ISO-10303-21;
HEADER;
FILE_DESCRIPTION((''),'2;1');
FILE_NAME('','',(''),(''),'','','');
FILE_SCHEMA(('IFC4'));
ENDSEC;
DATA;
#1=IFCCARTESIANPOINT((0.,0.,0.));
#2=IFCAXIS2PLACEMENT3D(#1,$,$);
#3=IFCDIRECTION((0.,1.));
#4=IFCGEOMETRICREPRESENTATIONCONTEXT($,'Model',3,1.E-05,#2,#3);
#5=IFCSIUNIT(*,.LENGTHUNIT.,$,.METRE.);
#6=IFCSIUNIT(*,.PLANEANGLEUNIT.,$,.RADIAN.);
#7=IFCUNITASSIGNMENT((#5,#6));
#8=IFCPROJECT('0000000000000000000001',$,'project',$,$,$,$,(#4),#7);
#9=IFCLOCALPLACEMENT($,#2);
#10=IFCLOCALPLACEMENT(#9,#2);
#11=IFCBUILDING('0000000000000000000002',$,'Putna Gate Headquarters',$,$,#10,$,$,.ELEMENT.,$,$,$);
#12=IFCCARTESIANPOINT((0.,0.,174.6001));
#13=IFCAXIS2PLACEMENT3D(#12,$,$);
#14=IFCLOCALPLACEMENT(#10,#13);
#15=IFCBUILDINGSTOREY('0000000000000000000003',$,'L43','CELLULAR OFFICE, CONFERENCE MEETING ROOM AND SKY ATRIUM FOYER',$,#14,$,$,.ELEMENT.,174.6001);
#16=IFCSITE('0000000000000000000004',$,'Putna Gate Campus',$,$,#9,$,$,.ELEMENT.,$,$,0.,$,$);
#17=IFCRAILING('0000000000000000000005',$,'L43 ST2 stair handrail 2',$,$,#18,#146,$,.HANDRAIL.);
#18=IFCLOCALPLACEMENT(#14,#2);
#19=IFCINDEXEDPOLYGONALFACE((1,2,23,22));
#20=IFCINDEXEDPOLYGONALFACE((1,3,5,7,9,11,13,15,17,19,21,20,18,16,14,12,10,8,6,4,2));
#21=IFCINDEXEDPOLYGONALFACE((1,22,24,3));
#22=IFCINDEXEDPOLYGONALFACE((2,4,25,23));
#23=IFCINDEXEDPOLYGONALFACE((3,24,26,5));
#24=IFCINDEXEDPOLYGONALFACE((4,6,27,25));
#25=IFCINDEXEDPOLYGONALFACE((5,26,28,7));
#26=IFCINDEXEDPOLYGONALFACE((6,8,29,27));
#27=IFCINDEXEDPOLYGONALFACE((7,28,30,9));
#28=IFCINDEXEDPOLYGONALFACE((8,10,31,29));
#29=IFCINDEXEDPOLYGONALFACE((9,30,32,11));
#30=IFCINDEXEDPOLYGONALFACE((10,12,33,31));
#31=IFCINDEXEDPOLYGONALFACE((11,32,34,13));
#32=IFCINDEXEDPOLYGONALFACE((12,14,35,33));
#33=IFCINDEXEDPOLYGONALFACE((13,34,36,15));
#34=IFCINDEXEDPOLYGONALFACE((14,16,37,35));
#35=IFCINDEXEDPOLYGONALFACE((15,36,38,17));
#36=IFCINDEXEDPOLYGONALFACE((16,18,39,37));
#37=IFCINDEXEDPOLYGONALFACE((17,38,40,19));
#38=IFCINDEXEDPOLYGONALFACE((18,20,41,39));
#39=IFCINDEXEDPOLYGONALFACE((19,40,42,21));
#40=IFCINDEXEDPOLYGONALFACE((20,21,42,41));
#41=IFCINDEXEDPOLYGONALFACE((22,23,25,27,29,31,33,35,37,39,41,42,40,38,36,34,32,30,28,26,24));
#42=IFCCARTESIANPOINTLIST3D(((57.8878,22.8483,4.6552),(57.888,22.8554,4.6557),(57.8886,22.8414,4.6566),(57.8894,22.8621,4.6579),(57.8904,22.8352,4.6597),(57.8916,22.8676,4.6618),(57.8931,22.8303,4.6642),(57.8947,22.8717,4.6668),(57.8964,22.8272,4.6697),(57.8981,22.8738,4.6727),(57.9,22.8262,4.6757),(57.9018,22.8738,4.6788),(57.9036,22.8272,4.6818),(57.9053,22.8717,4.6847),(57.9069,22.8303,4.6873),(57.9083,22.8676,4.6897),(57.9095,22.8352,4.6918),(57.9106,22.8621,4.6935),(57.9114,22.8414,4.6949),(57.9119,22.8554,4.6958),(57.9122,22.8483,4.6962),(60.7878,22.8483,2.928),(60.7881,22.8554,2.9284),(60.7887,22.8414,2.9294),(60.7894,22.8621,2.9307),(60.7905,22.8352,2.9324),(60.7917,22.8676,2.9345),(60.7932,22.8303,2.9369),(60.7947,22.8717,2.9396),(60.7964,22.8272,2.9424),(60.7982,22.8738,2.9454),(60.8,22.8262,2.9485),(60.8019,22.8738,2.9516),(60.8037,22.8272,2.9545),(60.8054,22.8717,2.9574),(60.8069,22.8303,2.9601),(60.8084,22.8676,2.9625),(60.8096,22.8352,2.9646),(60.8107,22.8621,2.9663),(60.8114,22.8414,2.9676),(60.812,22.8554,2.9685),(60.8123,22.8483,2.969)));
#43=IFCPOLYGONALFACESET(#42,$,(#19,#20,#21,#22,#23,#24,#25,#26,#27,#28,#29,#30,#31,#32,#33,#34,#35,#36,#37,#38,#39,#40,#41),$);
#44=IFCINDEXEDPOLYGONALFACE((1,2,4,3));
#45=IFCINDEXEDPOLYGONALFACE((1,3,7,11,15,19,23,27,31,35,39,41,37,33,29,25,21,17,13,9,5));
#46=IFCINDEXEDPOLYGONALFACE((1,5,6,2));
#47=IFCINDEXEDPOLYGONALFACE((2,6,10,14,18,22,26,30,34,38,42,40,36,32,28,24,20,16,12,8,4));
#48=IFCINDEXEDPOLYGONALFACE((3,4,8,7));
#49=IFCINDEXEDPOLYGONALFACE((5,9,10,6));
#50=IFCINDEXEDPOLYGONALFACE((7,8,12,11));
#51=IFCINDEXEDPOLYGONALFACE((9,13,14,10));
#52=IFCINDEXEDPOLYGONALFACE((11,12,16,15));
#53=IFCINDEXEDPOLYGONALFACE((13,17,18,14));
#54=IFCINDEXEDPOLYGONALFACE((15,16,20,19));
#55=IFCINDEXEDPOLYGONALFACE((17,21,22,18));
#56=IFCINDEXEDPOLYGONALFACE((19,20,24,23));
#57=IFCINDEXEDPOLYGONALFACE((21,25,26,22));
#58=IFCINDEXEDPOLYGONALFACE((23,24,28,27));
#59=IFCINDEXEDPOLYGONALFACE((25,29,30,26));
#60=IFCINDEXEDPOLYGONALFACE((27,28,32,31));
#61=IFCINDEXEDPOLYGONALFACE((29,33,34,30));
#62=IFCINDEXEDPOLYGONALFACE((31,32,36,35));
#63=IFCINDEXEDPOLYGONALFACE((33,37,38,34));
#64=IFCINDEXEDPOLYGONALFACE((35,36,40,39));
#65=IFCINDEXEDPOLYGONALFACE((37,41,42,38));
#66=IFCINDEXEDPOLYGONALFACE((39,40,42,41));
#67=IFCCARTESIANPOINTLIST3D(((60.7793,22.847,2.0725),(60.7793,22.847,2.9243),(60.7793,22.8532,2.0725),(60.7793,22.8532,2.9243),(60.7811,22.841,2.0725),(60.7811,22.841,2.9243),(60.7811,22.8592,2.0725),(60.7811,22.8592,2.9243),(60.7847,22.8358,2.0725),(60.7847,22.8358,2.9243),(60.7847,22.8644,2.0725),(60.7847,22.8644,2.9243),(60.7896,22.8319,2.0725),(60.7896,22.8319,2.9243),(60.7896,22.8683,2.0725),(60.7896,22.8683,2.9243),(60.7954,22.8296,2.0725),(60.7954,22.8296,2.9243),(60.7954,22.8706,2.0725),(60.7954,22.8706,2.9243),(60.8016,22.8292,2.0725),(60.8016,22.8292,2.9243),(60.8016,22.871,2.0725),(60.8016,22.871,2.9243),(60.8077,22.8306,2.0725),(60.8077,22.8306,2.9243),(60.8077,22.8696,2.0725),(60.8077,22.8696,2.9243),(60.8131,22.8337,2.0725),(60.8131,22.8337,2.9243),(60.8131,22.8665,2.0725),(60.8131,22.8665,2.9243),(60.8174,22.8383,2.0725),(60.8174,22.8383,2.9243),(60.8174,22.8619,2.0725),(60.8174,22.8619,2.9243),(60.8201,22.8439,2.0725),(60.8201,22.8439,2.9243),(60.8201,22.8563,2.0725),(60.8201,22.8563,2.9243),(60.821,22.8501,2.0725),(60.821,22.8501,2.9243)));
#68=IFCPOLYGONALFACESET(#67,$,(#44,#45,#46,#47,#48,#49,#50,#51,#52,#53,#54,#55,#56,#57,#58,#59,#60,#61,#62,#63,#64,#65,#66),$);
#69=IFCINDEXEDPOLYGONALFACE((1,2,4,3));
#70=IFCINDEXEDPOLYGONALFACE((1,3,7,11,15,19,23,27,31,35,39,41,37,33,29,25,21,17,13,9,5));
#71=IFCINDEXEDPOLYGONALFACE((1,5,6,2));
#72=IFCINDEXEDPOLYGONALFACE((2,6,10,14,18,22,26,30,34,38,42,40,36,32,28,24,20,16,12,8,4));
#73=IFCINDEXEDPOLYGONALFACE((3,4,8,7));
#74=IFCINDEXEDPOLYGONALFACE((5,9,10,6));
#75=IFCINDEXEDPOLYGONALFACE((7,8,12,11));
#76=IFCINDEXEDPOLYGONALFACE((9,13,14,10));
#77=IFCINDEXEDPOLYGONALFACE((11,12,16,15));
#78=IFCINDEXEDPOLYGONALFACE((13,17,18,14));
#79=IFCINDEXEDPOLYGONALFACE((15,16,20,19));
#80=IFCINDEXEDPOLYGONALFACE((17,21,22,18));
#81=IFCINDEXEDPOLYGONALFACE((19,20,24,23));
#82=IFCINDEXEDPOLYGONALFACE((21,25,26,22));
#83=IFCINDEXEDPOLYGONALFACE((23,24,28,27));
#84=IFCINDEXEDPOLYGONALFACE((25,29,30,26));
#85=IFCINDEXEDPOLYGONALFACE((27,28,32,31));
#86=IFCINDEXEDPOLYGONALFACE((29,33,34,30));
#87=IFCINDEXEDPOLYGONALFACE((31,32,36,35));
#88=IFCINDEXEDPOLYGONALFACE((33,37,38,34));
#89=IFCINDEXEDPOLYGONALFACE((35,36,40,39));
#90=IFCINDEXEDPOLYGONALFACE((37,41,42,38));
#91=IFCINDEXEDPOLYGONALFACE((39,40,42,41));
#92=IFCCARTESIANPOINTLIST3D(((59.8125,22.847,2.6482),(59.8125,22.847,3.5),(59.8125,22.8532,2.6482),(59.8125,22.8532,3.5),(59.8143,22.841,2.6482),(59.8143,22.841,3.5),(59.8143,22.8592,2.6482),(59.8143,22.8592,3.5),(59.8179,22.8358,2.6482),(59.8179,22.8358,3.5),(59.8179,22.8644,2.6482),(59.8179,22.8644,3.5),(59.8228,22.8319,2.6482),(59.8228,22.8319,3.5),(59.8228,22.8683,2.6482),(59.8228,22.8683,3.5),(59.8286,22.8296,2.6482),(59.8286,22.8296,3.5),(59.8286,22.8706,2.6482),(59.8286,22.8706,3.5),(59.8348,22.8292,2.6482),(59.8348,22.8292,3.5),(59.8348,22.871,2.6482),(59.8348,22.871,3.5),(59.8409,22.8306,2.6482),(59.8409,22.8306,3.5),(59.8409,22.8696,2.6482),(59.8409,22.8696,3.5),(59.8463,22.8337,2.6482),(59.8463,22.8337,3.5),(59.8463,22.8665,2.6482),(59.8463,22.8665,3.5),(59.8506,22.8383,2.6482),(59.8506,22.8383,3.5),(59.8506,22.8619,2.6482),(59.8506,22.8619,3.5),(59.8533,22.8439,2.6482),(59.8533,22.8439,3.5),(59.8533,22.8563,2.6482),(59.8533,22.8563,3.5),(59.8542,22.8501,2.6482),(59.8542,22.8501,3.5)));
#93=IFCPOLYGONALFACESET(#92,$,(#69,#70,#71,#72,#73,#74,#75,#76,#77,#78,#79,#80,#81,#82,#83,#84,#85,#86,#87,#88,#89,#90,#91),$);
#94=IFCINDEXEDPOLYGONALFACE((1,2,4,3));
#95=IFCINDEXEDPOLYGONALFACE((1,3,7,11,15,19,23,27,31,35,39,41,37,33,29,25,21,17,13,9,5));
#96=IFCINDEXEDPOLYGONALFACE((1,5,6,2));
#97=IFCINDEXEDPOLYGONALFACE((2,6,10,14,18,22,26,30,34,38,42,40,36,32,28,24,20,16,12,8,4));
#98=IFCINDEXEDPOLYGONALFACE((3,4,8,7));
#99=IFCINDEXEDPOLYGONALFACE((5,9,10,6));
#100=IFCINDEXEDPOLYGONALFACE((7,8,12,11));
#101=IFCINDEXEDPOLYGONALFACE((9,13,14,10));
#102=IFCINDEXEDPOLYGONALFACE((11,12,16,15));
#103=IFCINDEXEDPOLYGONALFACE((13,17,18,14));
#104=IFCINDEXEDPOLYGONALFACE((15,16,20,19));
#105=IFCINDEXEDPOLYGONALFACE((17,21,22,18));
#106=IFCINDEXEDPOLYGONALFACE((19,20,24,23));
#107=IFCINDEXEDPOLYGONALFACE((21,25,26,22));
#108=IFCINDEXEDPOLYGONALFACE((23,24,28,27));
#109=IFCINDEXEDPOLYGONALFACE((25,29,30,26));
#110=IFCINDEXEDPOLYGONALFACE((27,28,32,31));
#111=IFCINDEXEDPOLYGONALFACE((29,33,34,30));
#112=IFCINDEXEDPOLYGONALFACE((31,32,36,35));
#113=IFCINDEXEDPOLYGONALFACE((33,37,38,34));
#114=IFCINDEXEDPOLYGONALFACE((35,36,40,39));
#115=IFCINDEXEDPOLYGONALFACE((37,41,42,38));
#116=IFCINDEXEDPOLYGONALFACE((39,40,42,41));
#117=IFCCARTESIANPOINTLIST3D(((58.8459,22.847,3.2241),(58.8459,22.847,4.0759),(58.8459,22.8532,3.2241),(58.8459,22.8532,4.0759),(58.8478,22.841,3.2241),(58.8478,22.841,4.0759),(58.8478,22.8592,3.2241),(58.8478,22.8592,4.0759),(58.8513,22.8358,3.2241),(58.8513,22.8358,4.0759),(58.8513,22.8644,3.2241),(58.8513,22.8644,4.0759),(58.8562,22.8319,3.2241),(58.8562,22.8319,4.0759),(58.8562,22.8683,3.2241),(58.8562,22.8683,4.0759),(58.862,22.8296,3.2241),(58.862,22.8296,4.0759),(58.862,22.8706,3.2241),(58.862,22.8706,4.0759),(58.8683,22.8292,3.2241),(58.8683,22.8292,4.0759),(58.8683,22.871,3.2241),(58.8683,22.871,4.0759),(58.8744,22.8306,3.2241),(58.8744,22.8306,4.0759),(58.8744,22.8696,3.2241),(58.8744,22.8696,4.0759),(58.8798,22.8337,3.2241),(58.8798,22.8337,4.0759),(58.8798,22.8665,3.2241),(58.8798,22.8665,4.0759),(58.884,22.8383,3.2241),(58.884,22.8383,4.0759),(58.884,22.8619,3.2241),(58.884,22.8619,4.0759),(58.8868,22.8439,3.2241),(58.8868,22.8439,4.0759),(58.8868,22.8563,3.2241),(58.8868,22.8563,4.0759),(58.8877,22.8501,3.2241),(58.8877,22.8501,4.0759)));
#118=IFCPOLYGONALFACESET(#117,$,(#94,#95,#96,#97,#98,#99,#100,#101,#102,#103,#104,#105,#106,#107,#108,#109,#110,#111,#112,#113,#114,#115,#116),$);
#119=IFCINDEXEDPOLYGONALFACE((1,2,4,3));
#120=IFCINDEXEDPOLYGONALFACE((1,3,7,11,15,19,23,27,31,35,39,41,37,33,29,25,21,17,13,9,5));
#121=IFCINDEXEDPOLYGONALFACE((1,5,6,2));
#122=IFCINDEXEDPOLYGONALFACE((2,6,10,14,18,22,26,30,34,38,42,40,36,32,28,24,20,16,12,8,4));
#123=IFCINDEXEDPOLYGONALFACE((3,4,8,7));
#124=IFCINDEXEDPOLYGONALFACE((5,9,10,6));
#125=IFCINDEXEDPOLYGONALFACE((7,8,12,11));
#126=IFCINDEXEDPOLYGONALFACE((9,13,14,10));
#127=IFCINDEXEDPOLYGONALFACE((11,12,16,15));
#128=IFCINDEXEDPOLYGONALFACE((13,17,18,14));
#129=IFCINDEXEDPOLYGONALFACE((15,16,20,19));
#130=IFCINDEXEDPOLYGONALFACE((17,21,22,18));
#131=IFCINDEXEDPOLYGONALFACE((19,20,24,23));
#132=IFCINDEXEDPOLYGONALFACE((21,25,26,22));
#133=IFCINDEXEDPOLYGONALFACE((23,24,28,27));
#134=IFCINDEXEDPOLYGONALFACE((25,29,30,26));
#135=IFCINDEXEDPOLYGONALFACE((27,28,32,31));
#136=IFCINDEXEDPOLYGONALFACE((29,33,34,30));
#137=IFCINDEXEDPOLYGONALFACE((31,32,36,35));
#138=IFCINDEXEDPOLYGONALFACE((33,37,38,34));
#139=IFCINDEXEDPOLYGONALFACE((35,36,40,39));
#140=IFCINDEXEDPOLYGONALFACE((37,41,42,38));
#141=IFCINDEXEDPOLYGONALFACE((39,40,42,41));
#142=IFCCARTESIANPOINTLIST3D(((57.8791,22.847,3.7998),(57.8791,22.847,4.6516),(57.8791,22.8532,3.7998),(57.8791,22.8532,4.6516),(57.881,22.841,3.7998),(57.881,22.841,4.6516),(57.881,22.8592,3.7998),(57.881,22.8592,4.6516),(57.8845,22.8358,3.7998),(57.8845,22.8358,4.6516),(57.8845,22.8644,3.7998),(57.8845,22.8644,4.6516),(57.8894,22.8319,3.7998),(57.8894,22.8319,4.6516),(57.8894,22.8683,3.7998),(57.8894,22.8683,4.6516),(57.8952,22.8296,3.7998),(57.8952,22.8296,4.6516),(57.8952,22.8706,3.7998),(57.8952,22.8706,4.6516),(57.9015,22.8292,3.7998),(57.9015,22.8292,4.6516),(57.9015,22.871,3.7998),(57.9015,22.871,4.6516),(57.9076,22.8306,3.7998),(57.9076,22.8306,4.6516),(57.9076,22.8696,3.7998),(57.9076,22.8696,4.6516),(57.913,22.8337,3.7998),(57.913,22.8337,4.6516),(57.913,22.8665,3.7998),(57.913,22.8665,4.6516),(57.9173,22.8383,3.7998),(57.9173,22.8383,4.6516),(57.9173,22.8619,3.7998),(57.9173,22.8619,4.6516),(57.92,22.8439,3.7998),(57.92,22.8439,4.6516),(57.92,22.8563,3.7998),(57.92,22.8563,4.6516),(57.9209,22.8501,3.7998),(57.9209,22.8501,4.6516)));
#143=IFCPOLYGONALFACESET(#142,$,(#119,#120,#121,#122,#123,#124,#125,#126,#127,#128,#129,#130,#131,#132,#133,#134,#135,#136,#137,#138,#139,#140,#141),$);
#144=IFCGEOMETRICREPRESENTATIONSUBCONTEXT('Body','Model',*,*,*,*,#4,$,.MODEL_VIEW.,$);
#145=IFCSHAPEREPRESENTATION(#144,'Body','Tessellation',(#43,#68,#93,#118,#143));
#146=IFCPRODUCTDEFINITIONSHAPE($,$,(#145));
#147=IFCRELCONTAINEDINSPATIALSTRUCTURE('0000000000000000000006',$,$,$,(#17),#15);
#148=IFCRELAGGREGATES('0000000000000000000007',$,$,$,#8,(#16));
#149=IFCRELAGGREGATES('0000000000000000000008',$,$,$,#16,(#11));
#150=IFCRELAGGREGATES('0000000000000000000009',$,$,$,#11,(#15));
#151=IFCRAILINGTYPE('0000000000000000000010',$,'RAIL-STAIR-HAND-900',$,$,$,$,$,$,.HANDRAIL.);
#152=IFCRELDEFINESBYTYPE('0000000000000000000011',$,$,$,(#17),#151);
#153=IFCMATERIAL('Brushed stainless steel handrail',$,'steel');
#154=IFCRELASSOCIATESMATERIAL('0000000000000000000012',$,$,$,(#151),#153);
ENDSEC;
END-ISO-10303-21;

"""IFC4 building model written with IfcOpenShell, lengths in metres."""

from ifc_helpers import new_model, si_unit, direction, frame, origin, origin_2d, place, context, subcontext, project, spatial, circle, extrude, material, type_object, element, save


model = new_model("IFC4")

# Units and contexts
model_context = context("Model", 3, precision=1e-05, world=origin(), true_north=direction((0.0, 1.0)))
body_context = subcontext(model_context, "Body", "Model", "MODEL_VIEW")
ifc_project = project(units=[si_unit("LENGTHUNIT", "METRE"), si_unit("PLANEANGLEUNIT", "RADIAN")], contexts=[model_context])

# Site, building, storey
site_placement = place(None, origin())
site = spatial("IfcSite", under=ifc_project, at=site_placement, Name="Putna Gate Campus", CompositionType="ELEMENT", RefElevation=0.0)
building_placement = place(site_placement, origin())
building = spatial("IfcBuilding", under=site, at=building_placement, Name="Putna Gate Headquarters", CompositionType="ELEMENT")
storey_placement = place(building_placement, frame((0.0, 0.0, 174.6001)))
storey = spatial("IfcBuildingStorey", under=building, at=storey_placement, Name="L43", Description="CELLULAR OFFICE, CONFERENCE MEETING ROOM AND SKY ATRIUM FOYER", CompositionType="ELEMENT", Elevation=174.6001)

# Railing
ifc_material_1 = material(Name="Brushed stainless steel handrail", Category="steel")
railing_type_1 = type_object("IfcRailingType", Name="RAIL-STAIR-HAND-900", PredefinedType="HANDRAIL", material=ifc_material_1)
railing_1_placement = place(storey_placement, frame((60.8, 22.8501, 2.0725)))
element("IfcRailing", 1, at=railing_1_placement, inside=storey, type_object=railing_type_1, Name="L43 ST2 stair handrail 2", PredefinedType="HANDRAIL", context=body_context, shape_type="SweptSolid", body=[
    extrude(circle(Radius=0.0239, at=origin_2d()), frame((0.0, 0.0, 0.876), z_axis=(-0.85916, 0.0, 0.511706), x_axis=(0.0, -1.0, 0.0)), (0.0, 0.0, 1.0), 3.3755),
    extrude(circle(Radius=0.021, at=origin_2d()), origin(), (0.0, 0.0, 1.0), 0.8518),
    extrude(circle(Radius=0.021, at=origin_2d()), frame((-0.9668, 0.0, 0.5757)), (0.0, 0.0, 1.0), 0.8518),
    extrude(circle(Radius=0.021, at=origin_2d()), frame((-1.9333, 0.0, 1.1516)), (0.0, 0.0, 1.0), 0.8518),
    extrude(circle(Radius=0.021, at=origin_2d()), frame((-2.9001, 0.0, 1.7273)), (0.0, 0.0, 1.0), 0.8518),
])

save(model, "model.ifc")
